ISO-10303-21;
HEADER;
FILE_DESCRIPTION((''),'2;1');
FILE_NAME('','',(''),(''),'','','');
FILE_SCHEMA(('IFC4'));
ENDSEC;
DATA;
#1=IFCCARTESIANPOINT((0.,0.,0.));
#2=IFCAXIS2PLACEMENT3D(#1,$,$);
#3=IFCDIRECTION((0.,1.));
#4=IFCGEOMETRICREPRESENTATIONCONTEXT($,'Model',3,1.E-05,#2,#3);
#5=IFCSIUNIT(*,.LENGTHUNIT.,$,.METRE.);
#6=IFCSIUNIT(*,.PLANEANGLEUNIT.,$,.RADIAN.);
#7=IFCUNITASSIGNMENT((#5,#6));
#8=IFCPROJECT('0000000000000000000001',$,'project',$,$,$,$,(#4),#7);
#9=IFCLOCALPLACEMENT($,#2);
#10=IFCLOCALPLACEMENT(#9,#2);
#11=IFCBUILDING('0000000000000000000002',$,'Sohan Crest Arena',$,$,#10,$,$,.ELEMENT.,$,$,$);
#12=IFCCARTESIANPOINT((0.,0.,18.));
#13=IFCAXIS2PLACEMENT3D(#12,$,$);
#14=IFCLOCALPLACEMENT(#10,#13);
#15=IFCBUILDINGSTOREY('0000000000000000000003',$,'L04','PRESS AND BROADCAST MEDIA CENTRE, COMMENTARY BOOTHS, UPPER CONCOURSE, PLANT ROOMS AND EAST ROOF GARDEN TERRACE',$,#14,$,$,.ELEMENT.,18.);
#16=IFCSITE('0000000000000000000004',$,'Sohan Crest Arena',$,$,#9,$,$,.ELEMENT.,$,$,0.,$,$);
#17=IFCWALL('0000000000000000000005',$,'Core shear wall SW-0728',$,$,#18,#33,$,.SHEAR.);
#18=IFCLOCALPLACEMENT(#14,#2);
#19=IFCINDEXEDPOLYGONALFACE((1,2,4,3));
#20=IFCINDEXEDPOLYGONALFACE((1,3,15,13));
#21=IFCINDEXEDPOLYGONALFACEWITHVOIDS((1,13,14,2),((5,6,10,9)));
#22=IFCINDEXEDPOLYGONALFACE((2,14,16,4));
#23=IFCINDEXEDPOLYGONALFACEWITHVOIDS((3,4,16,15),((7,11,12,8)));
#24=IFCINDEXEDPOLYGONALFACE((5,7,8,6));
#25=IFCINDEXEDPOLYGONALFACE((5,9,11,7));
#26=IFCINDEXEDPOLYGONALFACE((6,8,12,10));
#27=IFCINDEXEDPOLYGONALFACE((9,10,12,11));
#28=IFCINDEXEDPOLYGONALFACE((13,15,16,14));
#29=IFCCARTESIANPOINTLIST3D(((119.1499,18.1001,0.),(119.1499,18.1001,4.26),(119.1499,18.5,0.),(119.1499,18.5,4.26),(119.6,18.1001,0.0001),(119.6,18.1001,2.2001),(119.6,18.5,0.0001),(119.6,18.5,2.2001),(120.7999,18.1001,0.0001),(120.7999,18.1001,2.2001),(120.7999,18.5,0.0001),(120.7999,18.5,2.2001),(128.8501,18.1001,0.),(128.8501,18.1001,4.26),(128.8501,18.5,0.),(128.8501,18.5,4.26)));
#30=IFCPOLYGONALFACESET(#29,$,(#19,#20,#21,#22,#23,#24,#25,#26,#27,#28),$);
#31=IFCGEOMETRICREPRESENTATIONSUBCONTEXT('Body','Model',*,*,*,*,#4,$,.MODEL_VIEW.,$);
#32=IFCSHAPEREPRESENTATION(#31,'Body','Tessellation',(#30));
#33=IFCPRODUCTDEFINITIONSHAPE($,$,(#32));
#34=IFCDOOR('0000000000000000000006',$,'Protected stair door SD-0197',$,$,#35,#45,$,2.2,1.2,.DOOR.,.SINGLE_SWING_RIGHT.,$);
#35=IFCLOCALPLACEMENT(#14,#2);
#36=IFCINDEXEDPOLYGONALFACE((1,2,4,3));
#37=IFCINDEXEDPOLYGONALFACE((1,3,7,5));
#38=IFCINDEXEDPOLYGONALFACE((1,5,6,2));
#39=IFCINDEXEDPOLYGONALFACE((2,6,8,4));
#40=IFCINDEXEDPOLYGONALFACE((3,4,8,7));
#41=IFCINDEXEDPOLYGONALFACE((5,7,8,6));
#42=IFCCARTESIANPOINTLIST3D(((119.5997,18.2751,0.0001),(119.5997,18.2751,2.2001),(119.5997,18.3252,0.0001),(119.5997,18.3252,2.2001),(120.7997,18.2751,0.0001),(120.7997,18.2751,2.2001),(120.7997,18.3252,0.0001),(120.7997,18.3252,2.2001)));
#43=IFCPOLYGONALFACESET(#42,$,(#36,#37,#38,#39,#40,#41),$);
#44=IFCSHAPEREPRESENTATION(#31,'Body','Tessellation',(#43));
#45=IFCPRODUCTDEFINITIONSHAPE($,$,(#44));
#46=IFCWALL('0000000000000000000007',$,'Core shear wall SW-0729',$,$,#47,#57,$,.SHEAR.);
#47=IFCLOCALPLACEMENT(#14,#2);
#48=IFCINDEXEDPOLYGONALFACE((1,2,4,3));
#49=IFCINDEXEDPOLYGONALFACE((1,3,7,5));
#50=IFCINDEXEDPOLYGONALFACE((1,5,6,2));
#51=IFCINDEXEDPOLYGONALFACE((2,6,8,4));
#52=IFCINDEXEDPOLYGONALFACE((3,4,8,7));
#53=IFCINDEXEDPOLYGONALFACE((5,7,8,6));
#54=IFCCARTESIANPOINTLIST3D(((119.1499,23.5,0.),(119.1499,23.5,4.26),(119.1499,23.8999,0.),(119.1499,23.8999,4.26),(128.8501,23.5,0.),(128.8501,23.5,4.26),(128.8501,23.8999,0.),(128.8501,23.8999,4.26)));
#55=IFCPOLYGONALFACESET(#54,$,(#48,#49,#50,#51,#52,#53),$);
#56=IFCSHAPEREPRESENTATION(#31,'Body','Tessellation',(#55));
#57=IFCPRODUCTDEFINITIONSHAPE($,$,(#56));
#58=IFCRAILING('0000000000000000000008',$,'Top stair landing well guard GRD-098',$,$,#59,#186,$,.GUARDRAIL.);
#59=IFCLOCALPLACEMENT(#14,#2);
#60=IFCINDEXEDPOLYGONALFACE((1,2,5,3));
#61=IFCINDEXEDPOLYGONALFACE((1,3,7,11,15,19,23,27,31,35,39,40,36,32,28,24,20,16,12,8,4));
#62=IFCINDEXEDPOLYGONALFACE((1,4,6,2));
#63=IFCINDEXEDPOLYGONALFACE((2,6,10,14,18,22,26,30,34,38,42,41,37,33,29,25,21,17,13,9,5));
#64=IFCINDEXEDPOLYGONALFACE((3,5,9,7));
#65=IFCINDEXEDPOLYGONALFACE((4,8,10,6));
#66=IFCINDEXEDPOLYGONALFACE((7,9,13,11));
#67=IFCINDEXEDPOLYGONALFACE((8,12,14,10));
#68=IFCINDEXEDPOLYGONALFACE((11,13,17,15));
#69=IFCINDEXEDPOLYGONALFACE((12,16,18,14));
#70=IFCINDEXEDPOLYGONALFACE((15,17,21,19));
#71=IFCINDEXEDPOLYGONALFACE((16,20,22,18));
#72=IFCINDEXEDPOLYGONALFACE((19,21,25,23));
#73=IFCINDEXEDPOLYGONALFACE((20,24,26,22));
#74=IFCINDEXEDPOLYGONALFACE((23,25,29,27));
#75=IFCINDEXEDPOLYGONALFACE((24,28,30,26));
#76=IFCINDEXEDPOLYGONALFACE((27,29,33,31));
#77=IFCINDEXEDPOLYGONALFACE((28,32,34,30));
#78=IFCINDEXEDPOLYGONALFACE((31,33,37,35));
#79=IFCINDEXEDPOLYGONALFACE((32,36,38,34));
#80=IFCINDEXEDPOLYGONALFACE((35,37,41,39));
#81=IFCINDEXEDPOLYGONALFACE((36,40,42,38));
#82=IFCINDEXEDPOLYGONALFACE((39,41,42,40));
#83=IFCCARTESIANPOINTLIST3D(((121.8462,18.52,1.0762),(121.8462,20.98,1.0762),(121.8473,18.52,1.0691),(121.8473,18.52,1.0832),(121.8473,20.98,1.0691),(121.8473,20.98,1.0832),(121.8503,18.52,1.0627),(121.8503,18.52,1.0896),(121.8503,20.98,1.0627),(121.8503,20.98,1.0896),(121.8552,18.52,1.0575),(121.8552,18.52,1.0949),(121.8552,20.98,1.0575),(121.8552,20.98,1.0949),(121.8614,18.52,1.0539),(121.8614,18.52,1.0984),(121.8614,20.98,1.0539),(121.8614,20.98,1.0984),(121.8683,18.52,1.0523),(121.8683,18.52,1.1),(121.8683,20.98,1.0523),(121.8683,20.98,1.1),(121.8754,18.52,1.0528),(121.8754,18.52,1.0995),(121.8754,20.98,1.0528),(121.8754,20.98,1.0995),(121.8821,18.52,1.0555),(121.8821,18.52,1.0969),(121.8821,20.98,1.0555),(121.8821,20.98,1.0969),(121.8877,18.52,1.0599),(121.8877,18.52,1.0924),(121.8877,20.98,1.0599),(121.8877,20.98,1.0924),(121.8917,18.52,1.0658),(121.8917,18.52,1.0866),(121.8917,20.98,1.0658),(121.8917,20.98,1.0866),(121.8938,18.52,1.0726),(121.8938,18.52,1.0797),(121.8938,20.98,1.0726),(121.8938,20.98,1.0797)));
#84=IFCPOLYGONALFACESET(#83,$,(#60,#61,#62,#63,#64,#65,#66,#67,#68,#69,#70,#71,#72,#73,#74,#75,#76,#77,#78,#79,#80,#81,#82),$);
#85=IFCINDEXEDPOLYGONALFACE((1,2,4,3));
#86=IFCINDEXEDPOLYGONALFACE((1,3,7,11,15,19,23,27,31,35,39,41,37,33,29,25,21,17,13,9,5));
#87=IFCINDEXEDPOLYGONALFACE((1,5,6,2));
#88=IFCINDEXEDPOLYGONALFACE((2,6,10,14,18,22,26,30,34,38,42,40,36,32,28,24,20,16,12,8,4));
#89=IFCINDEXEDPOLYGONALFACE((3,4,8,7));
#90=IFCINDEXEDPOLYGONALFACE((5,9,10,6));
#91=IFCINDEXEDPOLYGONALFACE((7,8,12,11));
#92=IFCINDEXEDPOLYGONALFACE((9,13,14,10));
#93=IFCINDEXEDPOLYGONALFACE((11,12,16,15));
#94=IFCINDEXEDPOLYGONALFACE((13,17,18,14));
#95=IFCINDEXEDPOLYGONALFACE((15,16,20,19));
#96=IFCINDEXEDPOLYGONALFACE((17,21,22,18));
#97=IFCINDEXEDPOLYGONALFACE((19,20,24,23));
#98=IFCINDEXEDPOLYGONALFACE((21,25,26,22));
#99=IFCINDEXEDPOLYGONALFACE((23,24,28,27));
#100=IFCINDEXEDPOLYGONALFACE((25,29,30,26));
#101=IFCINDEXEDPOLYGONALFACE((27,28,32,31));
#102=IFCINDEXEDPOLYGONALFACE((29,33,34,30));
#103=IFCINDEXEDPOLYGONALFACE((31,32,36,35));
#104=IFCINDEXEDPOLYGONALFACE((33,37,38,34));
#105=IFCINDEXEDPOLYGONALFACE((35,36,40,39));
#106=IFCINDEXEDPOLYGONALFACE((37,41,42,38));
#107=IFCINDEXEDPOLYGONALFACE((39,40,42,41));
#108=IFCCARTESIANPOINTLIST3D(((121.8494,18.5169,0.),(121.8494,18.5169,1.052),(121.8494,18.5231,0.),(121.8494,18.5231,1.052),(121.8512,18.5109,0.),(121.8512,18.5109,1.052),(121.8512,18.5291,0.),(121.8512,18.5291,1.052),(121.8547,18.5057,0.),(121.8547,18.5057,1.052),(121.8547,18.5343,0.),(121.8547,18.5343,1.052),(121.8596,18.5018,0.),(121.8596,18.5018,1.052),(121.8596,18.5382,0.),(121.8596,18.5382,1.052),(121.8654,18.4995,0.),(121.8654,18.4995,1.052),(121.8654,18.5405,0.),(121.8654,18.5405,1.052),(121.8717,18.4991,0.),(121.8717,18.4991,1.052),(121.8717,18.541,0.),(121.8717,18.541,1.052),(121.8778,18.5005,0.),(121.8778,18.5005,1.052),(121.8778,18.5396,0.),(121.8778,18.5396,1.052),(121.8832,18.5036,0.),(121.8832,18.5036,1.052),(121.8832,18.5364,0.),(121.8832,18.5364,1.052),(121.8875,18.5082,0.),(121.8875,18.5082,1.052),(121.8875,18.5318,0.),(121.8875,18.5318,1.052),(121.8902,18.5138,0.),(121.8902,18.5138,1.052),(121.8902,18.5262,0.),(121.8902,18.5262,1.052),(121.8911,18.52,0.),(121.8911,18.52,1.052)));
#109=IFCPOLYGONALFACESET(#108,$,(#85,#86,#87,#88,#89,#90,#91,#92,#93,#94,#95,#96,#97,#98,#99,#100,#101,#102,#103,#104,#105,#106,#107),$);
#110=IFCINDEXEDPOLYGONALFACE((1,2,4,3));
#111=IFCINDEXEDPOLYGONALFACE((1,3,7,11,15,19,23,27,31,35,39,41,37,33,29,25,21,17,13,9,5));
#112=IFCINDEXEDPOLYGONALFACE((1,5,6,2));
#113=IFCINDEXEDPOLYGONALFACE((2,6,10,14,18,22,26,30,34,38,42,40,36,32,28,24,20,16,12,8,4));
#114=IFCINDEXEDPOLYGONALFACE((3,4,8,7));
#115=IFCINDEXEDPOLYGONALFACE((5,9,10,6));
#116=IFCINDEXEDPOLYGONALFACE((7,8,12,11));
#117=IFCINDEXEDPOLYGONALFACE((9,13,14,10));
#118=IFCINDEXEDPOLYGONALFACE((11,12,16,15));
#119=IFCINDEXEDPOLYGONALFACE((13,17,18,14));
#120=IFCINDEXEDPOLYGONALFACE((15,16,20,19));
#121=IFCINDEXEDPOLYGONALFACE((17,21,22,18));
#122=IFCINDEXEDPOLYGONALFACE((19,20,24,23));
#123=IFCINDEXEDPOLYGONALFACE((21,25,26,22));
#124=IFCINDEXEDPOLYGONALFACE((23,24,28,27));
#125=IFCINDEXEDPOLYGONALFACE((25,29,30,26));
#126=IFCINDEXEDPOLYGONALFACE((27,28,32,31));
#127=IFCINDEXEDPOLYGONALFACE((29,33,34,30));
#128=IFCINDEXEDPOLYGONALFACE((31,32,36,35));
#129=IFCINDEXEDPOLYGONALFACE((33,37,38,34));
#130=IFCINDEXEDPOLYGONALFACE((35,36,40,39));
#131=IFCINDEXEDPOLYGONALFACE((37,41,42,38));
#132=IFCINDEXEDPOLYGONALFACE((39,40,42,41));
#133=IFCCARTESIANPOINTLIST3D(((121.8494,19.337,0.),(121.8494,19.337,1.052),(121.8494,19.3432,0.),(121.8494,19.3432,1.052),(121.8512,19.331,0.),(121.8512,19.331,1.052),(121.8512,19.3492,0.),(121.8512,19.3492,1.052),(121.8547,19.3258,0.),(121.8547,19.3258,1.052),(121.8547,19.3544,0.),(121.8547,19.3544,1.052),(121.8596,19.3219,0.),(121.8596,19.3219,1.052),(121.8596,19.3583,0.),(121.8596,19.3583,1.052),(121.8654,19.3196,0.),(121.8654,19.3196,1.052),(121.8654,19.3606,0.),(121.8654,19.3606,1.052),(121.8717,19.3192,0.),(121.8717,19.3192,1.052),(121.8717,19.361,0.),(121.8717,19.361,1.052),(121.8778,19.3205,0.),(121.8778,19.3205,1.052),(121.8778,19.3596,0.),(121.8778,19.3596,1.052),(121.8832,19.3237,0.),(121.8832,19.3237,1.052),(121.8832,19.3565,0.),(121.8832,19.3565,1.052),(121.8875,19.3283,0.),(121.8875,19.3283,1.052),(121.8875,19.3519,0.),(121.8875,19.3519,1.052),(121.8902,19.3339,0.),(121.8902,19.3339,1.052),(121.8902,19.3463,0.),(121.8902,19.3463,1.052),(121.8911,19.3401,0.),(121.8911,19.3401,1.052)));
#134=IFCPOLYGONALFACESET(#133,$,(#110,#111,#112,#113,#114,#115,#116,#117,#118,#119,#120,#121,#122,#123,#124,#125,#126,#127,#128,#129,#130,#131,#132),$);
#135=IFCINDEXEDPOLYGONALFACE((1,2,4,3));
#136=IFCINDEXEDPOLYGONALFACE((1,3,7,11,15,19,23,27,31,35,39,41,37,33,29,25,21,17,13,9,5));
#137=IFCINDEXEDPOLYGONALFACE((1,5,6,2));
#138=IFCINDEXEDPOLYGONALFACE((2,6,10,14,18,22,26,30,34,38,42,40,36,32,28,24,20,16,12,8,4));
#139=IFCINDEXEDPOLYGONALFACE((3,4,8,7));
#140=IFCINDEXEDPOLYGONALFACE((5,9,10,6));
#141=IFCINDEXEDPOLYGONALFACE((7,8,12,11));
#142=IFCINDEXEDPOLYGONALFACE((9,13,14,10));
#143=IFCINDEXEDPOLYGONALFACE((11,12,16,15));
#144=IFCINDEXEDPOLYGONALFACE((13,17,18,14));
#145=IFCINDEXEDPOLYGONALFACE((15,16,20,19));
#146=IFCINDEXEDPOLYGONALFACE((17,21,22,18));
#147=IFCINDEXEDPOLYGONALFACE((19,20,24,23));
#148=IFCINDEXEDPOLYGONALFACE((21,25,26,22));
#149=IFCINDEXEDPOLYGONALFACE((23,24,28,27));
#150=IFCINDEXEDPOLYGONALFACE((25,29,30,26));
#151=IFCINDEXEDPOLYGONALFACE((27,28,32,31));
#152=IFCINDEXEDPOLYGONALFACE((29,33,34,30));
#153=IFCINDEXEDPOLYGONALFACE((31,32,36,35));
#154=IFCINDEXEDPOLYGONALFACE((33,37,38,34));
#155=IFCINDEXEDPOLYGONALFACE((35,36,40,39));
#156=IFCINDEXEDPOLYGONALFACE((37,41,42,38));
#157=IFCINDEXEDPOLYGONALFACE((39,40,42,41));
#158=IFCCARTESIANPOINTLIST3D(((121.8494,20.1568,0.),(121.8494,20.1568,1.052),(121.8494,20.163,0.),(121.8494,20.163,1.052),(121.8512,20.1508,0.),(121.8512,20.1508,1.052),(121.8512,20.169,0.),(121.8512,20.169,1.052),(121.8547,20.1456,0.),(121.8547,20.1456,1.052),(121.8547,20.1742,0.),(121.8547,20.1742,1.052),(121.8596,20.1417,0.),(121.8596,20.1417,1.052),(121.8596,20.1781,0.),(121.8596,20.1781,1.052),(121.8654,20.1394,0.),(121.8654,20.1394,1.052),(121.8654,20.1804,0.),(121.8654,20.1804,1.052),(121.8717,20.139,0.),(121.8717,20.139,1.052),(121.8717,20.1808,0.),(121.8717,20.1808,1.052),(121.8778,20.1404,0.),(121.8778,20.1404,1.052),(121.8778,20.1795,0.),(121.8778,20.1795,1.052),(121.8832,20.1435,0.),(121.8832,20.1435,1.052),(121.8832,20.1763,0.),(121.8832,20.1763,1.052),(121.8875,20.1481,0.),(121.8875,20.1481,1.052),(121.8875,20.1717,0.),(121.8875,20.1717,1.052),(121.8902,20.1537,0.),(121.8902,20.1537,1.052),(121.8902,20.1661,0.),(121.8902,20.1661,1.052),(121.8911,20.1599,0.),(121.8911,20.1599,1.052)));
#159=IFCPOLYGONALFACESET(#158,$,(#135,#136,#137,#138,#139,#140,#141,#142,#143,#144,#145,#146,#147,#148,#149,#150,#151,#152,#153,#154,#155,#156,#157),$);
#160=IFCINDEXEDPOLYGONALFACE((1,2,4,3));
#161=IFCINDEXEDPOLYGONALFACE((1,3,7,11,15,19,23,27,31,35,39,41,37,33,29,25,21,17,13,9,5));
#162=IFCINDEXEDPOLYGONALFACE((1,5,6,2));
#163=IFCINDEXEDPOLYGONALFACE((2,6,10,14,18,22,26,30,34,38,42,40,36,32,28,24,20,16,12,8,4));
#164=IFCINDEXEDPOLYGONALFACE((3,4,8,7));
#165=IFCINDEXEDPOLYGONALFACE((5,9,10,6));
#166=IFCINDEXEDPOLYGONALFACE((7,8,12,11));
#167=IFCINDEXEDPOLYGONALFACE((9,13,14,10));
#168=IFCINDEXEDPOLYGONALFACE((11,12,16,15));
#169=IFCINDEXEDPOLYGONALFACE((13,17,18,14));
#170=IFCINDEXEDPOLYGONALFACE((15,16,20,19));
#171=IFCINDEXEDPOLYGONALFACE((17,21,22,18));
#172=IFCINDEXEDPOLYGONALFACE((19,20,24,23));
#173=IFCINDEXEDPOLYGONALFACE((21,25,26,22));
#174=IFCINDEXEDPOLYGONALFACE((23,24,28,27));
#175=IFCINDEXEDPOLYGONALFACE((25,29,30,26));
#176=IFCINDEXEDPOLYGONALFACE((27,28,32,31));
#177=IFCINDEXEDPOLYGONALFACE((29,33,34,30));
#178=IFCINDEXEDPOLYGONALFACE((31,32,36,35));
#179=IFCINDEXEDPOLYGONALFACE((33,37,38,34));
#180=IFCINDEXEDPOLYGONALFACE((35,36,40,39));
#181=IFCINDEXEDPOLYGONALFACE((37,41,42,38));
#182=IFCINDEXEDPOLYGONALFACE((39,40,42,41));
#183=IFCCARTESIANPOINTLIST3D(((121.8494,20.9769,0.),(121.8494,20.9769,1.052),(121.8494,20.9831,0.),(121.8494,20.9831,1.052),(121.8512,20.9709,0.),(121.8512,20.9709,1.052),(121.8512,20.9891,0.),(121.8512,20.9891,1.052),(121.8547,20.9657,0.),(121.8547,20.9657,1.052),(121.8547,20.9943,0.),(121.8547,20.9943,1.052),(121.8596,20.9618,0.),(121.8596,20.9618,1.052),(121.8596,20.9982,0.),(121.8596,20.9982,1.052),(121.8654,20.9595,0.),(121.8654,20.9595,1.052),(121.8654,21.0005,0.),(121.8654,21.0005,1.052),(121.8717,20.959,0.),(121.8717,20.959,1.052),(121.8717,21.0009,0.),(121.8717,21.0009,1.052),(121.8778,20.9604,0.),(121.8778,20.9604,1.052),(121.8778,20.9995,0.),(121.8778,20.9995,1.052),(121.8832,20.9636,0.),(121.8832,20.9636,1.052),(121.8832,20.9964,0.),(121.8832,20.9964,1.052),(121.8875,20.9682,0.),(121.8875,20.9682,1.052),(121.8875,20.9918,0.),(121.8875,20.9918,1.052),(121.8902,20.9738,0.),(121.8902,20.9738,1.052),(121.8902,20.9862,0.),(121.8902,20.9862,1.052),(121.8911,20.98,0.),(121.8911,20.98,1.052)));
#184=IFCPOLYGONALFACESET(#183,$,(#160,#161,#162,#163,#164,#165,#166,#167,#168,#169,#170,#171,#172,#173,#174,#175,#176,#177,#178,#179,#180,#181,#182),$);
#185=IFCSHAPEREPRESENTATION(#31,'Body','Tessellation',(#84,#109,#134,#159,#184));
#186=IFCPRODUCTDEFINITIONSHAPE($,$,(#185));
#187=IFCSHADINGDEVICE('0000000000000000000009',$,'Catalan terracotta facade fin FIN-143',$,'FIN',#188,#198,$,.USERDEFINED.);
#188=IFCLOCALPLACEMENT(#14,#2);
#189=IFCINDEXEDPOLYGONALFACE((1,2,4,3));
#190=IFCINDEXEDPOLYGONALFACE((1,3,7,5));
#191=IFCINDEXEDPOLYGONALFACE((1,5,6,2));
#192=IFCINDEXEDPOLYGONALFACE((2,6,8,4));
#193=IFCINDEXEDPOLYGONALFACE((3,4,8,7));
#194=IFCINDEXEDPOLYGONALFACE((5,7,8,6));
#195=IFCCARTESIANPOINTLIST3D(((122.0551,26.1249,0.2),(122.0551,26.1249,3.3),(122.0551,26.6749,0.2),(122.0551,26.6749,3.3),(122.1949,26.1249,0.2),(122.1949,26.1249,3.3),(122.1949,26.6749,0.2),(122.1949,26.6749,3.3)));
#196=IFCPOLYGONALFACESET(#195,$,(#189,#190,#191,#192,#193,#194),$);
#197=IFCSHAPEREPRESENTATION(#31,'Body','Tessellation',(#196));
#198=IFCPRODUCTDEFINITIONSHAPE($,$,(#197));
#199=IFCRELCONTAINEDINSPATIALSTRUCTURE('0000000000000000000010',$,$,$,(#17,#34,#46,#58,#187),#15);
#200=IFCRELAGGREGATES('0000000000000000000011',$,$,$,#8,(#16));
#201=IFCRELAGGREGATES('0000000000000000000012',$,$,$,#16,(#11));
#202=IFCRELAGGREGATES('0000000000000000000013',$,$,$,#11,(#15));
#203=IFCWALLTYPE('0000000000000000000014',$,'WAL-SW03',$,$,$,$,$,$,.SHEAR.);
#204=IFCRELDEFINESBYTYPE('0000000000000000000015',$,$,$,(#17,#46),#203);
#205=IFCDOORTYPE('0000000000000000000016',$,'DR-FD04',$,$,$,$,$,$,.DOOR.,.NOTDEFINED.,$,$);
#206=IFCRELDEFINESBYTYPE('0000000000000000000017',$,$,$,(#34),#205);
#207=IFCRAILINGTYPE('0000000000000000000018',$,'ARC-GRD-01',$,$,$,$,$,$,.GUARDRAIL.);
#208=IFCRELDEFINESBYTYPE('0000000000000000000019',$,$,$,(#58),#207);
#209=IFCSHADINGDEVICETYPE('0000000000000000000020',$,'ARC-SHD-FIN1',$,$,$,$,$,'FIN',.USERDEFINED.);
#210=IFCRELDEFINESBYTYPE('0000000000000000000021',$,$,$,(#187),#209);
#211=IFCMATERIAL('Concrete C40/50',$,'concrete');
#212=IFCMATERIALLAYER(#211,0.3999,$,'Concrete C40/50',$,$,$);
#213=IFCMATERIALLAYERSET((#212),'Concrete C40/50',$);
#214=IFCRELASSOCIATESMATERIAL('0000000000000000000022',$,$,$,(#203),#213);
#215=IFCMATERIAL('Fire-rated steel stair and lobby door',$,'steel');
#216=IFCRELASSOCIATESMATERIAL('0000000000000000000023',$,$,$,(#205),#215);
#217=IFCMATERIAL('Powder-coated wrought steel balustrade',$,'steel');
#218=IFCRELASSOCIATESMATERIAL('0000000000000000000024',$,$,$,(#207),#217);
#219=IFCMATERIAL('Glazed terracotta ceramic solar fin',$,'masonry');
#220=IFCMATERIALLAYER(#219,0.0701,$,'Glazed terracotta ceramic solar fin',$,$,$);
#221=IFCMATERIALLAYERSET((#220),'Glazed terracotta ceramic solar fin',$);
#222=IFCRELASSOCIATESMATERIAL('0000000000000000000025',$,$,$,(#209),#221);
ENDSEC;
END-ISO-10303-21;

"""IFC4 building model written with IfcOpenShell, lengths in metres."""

from ifc_helpers import new_model, si_unit, direction, frame, frame_2d, origin, origin_2d, place, context, subcontext, project, spatial, rectangle, circle, extrude, material, layer, layer_set, type_object, element, fill, save


model = new_model("IFC4")

# Units and contexts
model_context = context("Model", 3, precision=1e-05, world=origin(), true_north=direction((0.0, 1.0)))
body_context = subcontext(model_context, "Body", "Model", "MODEL_VIEW")
ifc_project = project(units=[si_unit("LENGTHUNIT", "METRE"), si_unit("PLANEANGLEUNIT", "RADIAN")], contexts=[model_context])

# Site, building, storey
site_placement = place(None, origin())
site = spatial("IfcSite", under=ifc_project, at=site_placement, Name="Sohan Crest Arena", CompositionType="ELEMENT", RefElevation=0.0)
building_placement = place(site_placement, origin())
building = spatial("IfcBuilding", under=site, at=building_placement, Name="Sohan Crest Arena", CompositionType="ELEMENT")
storey_placement = place(building_placement, frame((0.0, 0.0, 18.0)))
storey = spatial("IfcBuildingStorey", under=building, at=storey_placement, Name="L04", Description="PRESS AND BROADCAST MEDIA CENTRE, COMMENTARY BOOTHS, UPPER CONCOURSE, PLANT ROOMS AND EAST ROOF GARDEN TERRACE", CompositionType="ELEMENT", Elevation=18.0)

# Shared definitions
ifc_material_1 = material(Name="Concrete C40/50", Category="concrete")
ifc_layer_1 = layer(ifc_material_1, 0.3999, Name="Concrete C40/50")
ifc_layer_set_1 = layer_set([ifc_layer_1], Name="Concrete C40/50")
wall_type = type_object("IfcWallType", Name="WAL-SW03", PredefinedType="SHEAR", material=ifc_layer_set_1)

# Wall, opening, door
wall_1_placement = place(storey_placement, frame((119.1499, 18.3, 0.0), z_axis=(0.0, 0.0, 1.0), x_axis=(1.0, 0.0, 0.0)))
wall_1 = element("IfcWall", 1, at=wall_1_placement, inside=storey, type_object=wall_type, Name="Core shear wall SW-0728", PredefinedType="SHEAR", context=body_context, shape_type="SweptSolid", body=[
    extrude(rectangle(XDim=9.7002, YDim=0.3999, at=frame_2d((4.8501, 0.0))), origin(), (0.0, 0.0, 1.0), 4.26),
])
opening_placement = place(wall_1_placement, frame((0.45, 0.0, 0.0)))
opening = element("IfcOpeningElement", 2, at=opening_placement, cuts=wall_1, PredefinedType="OPENING", context=body_context, shape_type="SweptSolid", body=[
    extrude(rectangle(XDim=1.2, YDim=2.2, at=frame_2d((0.6001, 1.1001))), frame((0.0, 0.21, 0.0), z_axis=(0.0, -1.0, 0.0), x_axis=(1.0, 0.0, 0.0)), (0.0, 0.0, 1.0), 0.4199),
])
ifc_material_2 = material(Name="Fire-rated steel stair and lobby door", Category="steel")
door_type = type_object("IfcDoorType", Name="DR-FD04", OperationType="NOTDEFINED", PredefinedType="DOOR", material=ifc_material_2)
door_placement = place(opening_placement, frame((1.2, 0.0, 0.0), z_axis=(0.0, 0.0, 1.0), x_axis=(-1.0, 0.0, 0.0)))
door = element("IfcDoor", 3, at=door_placement, inside=storey, type_object=door_type, Name="Protected stair door SD-0197", OperationType="SINGLE_SWING_RIGHT", OverallHeight=2.2, OverallWidth=1.2, PredefinedType="DOOR", context=body_context, shape_type="SweptSolid", body=[
    extrude(rectangle(XDim=1.2, YDim=2.2, at=frame_2d((0.6001, 1.1001))), frame((0.0, 0.0249, 0.0), z_axis=(0.0, -1.0, 0.0), x_axis=(1.0, 0.0, 0.0)), (0.0, 0.0, 1.0), 0.05),
])
fill(opening, door)

# Wall
wall_2_placement = place(storey_placement, frame((119.1499, 23.7, 0.0), z_axis=(0.0, 0.0, 1.0), x_axis=(1.0, 0.0, 0.0)))
element("IfcWall", 4, at=wall_2_placement, inside=storey, type_object=wall_type, Name="Core shear wall SW-0729", PredefinedType="SHEAR", context=body_context, shape_type="SweptSolid", body=[
    extrude(rectangle(XDim=9.7002, YDim=0.3999, at=frame_2d((4.8501, 0.0))), origin(), (0.0, 0.0, 1.0), 4.26),
])

# Railing
ifc_material_3 = material(Name="Powder-coated wrought steel balustrade", Category="steel")
railing_type = type_object("IfcRailingType", Name="ARC-GRD-01", PredefinedType="GUARDRAIL", material=ifc_material_3)
railing_placement = place(storey_placement, frame((121.8701, 18.52, 0.0)))
element("IfcRailing", 5, at=railing_placement, inside=storey, type_object=railing_type, Name="Top stair landing well guard GRD-098", PredefinedType="GUARDRAIL", context=body_context, shape_type="SweptSolid", body=[
    extrude(circle(Radius=0.0239, at=origin_2d()), frame((0.0, 0.0, 1.0762), z_axis=(0.0, 1.0, 0.0), x_axis=(-1.0, 0.0, 0.0)), (0.0, 0.0, 1.0), 2.46),
    extrude(circle(Radius=0.021, at=origin_2d()), origin(), (0.0, 0.0, 1.0), 1.052),
    extrude(circle(Radius=0.021, at=origin_2d()), frame((0.0, 0.8201, 0.0)), (0.0, 0.0, 1.0), 1.052),
    extrude(circle(Radius=0.021, at=origin_2d()), frame((0.0, 1.6399, 0.0)), (0.0, 0.0, 1.0), 1.052),
    extrude(circle(Radius=0.021, at=origin_2d()), frame((0.0, 2.46, 0.0)), (0.0, 0.0, 1.0), 1.052),
])

# Shading device
ifc_material_4 = material(Name="Glazed terracotta ceramic solar fin", Category="masonry")
ifc_layer_2 = layer(ifc_material_4, 0.0701, Name="Glazed terracotta ceramic solar fin")
ifc_layer_set_2 = layer_set([ifc_layer_2], Name="Glazed terracotta ceramic solar fin")
shading_device_type = type_object("IfcShadingDeviceType", Name="ARC-SHD-FIN1", ElementType="FIN", PredefinedType="USERDEFINED", material=ifc_layer_set_2)
for number, where, z_axis, x_axis, name in (
    (6, (122.125, 26.3999, 0.2), (0.0, 0.0, 1.0), (-1.0, 0.0, 0.0), "Catalan terracotta facade fin FIN-143"),
):
    element("IfcShadingDevice", number, at=place(storey_placement, frame(where, z_axis=z_axis, x_axis=x_axis)), inside=storey, type_object=shading_device_type, Name=name, ObjectType="FIN", PredefinedType="USERDEFINED", context=body_context, shape_type="SweptSolid", body=[
        extrude(rectangle(XDim=0.1399, YDim=0.55, at=origin_2d()), origin(), (0.0, 0.0, 1.0), 3.1001),
    ])

save(model, "model.ifc")
